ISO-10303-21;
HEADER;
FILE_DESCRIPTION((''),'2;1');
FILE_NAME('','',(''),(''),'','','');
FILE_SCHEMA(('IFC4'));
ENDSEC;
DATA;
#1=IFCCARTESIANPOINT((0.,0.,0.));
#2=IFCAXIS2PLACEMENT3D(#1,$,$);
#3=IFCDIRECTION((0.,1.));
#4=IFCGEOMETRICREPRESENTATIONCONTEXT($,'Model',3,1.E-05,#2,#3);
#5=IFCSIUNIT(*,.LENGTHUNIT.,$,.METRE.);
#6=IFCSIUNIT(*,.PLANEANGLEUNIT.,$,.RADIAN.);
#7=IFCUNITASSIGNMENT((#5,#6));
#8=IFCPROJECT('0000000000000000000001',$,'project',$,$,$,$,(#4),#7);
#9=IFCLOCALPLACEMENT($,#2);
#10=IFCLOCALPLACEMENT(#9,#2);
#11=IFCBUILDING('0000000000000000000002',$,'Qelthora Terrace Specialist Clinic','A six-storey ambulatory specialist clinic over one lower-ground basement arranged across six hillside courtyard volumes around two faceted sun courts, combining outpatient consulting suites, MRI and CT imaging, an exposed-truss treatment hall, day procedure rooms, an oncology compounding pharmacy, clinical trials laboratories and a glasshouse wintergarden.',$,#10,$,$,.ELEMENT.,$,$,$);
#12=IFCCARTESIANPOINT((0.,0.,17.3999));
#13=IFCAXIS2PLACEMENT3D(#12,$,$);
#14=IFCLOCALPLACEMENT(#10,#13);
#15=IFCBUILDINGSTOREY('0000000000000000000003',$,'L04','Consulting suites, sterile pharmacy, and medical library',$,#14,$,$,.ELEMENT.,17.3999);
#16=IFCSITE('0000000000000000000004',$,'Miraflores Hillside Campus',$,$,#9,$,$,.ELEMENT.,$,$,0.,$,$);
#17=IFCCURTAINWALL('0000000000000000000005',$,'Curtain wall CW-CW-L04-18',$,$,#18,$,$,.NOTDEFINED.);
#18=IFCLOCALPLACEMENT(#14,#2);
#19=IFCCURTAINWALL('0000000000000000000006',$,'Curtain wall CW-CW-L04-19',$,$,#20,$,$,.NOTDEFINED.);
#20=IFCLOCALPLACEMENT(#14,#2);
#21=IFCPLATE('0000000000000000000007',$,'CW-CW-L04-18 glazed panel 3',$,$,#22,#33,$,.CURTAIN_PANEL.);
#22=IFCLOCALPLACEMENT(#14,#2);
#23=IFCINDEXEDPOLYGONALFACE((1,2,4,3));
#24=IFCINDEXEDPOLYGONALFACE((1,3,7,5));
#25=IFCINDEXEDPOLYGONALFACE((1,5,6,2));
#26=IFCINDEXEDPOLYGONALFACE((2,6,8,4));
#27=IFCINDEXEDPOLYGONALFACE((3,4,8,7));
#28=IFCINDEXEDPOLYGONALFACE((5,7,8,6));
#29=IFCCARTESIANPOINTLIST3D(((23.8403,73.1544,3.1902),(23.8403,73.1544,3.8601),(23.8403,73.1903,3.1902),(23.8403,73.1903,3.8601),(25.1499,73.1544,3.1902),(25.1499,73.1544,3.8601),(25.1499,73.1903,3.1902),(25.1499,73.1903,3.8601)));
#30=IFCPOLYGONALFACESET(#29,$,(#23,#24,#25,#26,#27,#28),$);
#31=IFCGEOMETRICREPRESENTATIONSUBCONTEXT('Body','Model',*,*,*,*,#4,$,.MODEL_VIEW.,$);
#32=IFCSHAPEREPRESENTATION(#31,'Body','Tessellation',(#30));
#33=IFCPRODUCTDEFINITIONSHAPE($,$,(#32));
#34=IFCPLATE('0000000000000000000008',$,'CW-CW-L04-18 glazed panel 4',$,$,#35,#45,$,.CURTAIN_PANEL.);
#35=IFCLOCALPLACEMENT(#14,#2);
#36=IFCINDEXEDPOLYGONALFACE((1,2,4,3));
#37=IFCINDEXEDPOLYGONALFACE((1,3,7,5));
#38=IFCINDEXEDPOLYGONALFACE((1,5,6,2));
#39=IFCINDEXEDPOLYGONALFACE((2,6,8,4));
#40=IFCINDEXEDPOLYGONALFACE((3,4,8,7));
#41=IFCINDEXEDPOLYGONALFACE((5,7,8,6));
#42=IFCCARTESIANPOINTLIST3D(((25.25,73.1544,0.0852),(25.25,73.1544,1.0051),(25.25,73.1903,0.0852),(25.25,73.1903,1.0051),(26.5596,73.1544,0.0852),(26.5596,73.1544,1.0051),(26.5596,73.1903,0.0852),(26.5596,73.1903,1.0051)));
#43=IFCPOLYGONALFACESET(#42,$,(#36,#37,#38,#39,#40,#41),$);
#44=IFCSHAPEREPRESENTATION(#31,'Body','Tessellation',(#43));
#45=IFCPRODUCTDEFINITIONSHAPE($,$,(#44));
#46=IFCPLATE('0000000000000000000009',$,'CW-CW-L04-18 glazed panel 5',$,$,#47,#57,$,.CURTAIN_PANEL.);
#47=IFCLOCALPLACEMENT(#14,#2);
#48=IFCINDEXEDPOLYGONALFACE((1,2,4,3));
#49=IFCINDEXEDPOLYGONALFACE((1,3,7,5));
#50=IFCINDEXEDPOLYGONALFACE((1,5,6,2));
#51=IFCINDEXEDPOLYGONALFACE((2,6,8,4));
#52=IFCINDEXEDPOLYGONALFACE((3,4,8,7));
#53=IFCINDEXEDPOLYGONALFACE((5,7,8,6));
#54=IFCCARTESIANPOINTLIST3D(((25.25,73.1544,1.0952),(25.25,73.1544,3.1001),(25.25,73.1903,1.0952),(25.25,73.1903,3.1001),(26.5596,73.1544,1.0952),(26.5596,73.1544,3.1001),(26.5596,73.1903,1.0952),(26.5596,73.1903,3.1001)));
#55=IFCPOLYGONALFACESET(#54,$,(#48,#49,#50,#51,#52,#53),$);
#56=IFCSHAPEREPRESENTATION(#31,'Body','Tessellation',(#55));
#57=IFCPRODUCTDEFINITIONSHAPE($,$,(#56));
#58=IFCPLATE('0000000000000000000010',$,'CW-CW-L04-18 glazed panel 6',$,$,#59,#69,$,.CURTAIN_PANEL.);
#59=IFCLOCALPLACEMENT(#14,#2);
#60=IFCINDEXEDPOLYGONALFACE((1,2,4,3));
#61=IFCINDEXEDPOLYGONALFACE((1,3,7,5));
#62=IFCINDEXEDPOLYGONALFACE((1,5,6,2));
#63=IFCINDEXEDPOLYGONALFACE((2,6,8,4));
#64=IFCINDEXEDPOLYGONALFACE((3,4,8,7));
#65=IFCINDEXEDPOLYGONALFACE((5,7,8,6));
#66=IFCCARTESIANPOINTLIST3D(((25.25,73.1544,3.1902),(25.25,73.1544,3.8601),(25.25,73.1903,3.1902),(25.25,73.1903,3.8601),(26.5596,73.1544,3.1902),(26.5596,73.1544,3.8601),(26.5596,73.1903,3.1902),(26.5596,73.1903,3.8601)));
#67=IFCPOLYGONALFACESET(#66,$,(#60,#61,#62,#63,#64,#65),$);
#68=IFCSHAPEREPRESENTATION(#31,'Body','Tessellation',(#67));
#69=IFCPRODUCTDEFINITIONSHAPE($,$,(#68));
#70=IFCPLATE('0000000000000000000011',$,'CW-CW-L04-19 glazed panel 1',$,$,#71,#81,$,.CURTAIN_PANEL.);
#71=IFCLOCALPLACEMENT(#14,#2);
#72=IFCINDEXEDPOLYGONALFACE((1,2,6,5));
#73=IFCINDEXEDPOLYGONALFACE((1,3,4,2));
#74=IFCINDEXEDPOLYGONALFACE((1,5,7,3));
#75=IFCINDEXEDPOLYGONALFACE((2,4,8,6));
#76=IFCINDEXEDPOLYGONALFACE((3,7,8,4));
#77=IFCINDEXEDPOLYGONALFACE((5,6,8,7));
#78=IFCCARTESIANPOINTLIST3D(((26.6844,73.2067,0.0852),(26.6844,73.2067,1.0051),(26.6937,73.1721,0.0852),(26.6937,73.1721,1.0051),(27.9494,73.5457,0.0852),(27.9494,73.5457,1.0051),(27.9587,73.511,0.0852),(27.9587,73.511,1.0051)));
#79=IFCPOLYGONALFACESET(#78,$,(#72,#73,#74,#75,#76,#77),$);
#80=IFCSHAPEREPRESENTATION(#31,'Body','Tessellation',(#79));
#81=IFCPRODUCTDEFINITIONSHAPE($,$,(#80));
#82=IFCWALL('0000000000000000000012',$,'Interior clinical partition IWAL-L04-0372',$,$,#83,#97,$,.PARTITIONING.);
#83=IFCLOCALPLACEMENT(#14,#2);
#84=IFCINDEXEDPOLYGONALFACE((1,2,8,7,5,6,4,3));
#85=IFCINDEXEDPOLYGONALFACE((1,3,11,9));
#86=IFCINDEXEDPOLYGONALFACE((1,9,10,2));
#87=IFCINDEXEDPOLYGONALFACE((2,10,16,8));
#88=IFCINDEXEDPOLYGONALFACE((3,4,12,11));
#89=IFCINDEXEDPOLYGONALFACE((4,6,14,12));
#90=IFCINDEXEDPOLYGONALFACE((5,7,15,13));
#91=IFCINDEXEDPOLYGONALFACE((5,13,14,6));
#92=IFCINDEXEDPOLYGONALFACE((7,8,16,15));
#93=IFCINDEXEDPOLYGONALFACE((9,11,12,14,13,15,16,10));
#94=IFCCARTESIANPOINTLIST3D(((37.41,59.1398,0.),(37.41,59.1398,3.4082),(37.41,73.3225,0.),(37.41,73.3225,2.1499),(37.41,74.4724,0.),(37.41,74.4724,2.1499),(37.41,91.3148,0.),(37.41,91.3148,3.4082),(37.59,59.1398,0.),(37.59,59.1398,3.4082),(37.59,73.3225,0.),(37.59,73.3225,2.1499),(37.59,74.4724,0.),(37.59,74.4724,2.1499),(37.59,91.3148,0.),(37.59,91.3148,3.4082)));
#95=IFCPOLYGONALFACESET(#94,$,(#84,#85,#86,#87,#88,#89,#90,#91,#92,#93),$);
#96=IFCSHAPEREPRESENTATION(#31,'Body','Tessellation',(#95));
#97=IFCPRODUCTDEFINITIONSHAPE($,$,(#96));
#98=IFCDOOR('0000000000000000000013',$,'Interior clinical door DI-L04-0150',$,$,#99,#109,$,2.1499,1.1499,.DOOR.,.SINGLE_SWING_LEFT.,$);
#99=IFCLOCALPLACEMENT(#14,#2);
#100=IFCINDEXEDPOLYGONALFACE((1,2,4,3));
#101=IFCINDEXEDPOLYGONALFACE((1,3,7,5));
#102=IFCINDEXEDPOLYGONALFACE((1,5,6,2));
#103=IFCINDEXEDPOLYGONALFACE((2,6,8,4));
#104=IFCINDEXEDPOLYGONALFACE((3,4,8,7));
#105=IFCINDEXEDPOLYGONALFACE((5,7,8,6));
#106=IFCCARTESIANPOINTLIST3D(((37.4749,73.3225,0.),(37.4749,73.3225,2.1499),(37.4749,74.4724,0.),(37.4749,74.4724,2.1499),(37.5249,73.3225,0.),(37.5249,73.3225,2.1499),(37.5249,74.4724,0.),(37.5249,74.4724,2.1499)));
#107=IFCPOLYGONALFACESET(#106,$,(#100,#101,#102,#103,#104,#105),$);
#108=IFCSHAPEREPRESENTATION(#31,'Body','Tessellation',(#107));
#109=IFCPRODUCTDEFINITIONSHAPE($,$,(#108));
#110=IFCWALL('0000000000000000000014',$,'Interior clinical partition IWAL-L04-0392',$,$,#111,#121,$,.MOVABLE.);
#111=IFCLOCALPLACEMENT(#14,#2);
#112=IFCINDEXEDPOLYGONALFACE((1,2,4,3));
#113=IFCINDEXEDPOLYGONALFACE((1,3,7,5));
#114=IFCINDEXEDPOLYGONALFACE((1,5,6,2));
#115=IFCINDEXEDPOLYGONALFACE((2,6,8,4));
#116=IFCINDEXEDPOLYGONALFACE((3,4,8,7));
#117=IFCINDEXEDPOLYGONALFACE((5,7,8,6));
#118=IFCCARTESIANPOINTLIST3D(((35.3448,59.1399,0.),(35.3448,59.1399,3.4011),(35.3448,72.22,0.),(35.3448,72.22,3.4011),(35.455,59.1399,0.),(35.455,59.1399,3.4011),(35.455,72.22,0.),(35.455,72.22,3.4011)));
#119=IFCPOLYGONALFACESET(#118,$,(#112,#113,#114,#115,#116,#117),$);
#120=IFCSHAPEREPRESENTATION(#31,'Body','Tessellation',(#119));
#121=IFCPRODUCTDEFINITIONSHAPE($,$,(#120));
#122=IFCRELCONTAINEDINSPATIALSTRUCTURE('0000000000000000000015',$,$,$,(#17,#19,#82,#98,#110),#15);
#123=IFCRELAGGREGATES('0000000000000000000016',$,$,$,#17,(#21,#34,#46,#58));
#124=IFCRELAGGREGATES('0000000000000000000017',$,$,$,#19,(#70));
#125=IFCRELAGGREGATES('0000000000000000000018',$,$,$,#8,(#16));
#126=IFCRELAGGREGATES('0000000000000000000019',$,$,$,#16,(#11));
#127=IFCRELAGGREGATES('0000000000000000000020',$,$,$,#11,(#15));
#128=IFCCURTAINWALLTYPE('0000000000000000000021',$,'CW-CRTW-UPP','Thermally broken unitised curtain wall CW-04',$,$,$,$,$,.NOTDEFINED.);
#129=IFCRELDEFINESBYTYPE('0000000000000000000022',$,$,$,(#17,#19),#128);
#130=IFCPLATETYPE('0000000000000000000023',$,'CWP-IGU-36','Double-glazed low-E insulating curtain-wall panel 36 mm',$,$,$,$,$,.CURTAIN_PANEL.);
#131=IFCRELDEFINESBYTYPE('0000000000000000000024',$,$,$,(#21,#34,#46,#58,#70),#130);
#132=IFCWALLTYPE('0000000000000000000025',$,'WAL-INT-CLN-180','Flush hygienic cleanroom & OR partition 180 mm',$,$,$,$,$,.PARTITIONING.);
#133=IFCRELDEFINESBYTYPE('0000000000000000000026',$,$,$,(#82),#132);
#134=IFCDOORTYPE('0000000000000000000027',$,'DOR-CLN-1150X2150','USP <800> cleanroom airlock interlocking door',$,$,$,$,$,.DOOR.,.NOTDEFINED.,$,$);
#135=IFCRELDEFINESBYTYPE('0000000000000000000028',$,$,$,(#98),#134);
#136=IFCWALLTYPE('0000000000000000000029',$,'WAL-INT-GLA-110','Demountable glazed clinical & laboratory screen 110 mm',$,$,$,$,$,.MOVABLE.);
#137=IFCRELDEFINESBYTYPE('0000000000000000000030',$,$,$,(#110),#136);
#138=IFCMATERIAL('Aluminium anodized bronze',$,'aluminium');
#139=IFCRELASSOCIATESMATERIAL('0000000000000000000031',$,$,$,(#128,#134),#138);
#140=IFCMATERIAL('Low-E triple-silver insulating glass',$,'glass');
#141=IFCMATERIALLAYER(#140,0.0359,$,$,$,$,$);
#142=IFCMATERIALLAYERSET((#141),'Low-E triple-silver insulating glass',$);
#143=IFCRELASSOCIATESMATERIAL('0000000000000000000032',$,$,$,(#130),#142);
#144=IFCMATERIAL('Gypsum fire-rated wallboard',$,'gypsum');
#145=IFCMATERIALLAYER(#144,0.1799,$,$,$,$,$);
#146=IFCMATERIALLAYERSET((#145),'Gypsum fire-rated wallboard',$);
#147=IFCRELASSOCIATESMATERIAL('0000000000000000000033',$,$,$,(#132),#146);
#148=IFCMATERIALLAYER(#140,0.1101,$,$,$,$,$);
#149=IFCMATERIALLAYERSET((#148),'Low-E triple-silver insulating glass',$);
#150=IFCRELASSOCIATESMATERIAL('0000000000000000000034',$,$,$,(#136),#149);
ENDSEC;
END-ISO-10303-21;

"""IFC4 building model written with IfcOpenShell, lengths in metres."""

from ifc_helpers import new_model, si_unit, direction, frame, frame_2d, origin, origin_2d, place, context, subcontext, project, spatial, rectangle, extrude, material, layer, layer_set, type_object, element, fill, aggregate, save


model = new_model("IFC4")

# Units and contexts
model_context = context("Model", 3, precision=1e-05, world=origin(), true_north=direction((0.0, 1.0)))
body_context = subcontext(model_context, "Body", "Model", "MODEL_VIEW")
ifc_project = project(units=[si_unit("LENGTHUNIT", "METRE"), si_unit("PLANEANGLEUNIT", "RADIAN")], contexts=[model_context])

# Site, building, storey
site_placement = place(None, origin())
site = spatial("IfcSite", under=ifc_project, at=site_placement, Name="Miraflores Hillside Campus", CompositionType="ELEMENT", RefElevation=0.0)
building_placement = place(site_placement, origin())
building = spatial("IfcBuilding", under=site, at=building_placement, Name="Qelthora Terrace Specialist Clinic", Description="A six-storey ambulatory specialist clinic over one lower-ground basement arranged across six hillside courtyard volumes around two faceted sun courts, combining outpatient consulting suites, MRI and CT imaging, an exposed-truss treatment hall, day procedure rooms, an oncology compounding pharmacy, clinical trials laboratories and a glasshouse wintergarden.", CompositionType="ELEMENT")
storey_placement = place(building_placement, frame((0.0, 0.0, 17.3999)))
storey = spatial("IfcBuildingStorey", under=building, at=storey_placement, Name="L04", Description="Consulting suites, sterile pharmacy, and medical library", CompositionType="ELEMENT", Elevation=17.3999)

# Curtain walls
ifc_material_1 = material(Name="Aluminium anodized bronze", Category="aluminium")
curtain_wall_type = type_object("IfcCurtainWallType", Name="CW-CRTW-UPP", Description="Thermally broken unitised curtain wall CW-04", PredefinedType="NOTDEFINED", material=ifc_material_1)
curtain_wall_1_placement = place(storey_placement, origin())
curtain_wall_1 = element("IfcCurtainWall", 1, at=curtain_wall_1_placement, inside=storey, type_object=curtain_wall_type, Name="Curtain wall CW-CW-L04-18", PredefinedType="NOTDEFINED")
curtain_wall_2_placement = place(storey_placement, origin())
curtain_wall_2 = element("IfcCurtainWall", 2, at=curtain_wall_2_placement, inside=storey, type_object=curtain_wall_type, Name="Curtain wall CW-CW-L04-19", PredefinedType="NOTDEFINED")

# Plates
ifc_material_2 = material(Name="Low-E triple-silver insulating glass", Category="glass")
ifc_layer_1 = layer(ifc_material_2, 0.0359)
ifc_layer_set_1 = layer_set([ifc_layer_1], Name="Low-E triple-silver insulating glass")
plate_type = type_object("IfcPlateType", Name="CWP-IGU-36", Description="Double-glazed low-E insulating curtain-wall panel 36 mm", PredefinedType="CURTAIN_PANEL", material=ifc_layer_set_1)
plate_1_placement = place(storey_placement, frame((24.4951, 73.1724, 3.1902), z_axis=(0.0, 0.0, 1.0), x_axis=(1.0, 0.0, 0.0)))
plate_1 = element("IfcPlate", 3, at=plate_1_placement, type_object=plate_type, Name="CW-CW-L04-18 glazed panel 3", PredefinedType="CURTAIN_PANEL", context=body_context, shape_type="SweptSolid", body=[
    extrude(rectangle(XDim=1.3096, YDim=0.0359, at=origin_2d()), origin(), (0.0, 0.0, 1.0), 0.6699),
])
plate_2_placement = place(storey_placement, frame((25.9048, 73.1724, 0.0852), z_axis=(0.0, 0.0, 1.0), x_axis=(1.0, 0.0, 0.0)))
plate_2 = element("IfcPlate", 4, at=plate_2_placement, type_object=plate_type, Name="CW-CW-L04-18 glazed panel 4", PredefinedType="CURTAIN_PANEL", context=body_context, shape_type="SweptSolid", body=[
    extrude(rectangle(XDim=1.3096, YDim=0.0359, at=origin_2d()), origin(), (0.0, 0.0, 1.0), 0.9199),
])
plate_3_placement = place(storey_placement, frame((25.9048, 73.1724, 1.0952), z_axis=(0.0, 0.0, 1.0), x_axis=(1.0, 0.0, 0.0)))
plate_3 = element("IfcPlate", 5, at=plate_3_placement, type_object=plate_type, Name="CW-CW-L04-18 glazed panel 5", PredefinedType="CURTAIN_PANEL", context=body_context, shape_type="SweptSolid", body=[
    extrude(rectangle(XDim=1.3096, YDim=0.0359, at=origin_2d()), origin(), (0.0, 0.0, 1.0), 2.0049),
])
plate_4_placement = place(storey_placement, frame((25.9048, 73.1724, 3.1902), z_axis=(0.0, 0.0, 1.0), x_axis=(1.0, 0.0, 0.0)))
plate_4 = element("IfcPlate", 6, at=plate_4_placement, type_object=plate_type, Name="CW-CW-L04-18 glazed panel 6", PredefinedType="CURTAIN_PANEL", context=body_context, shape_type="SweptSolid", body=[
    extrude(rectangle(XDim=1.3096, YDim=0.0359, at=origin_2d()), origin(), (0.0, 0.0, 1.0), 0.6699),
])
aggregate(curtain_wall_1, [plate_1, plate_2, plate_3, plate_4])
plate_5_placement = place(storey_placement, frame((27.3215, 73.3589, 0.0852), z_axis=(0.0, 0.0, 1.0), x_axis=(0.965925, 0.258821, 0.0)))
plate_5 = element("IfcPlate", 7, at=plate_5_placement, type_object=plate_type, Name="CW-CW-L04-19 glazed panel 1", PredefinedType="CURTAIN_PANEL", context=body_context, shape_type="SweptSolid", body=[
    extrude(rectangle(XDim=1.3096, YDim=0.0359, at=origin_2d()), origin(), (0.0, 0.0, 1.0), 0.9199),
])
aggregate(curtain_wall_2, [plate_5])

# Wall, opening, door
ifc_material_3 = material(Name="Gypsum fire-rated wallboard", Category="gypsum")
ifc_layer_2 = layer(ifc_material_3, 0.1799)
ifc_layer_set_2 = layer_set([ifc_layer_2], Name="Gypsum fire-rated wallboard")
wall_type_1 = type_object("IfcWallType", Name="WAL-INT-CLN-180", Description="Flush hygienic cleanroom & OR partition 180 mm", PredefinedType="PARTITIONING", material=ifc_layer_set_2)
wall_1_placement = place(storey_placement, frame((37.5, 59.1399, 0.0), z_axis=(0.0, 0.0, 1.0), x_axis=(0.0, 1.0, 0.0)))
wall_1 = element("IfcWall", 8, at=wall_1_placement, inside=storey, type_object=wall_type_1, Name="Interior clinical partition IWAL-L04-0372", PredefinedType="PARTITIONING", context=body_context, shape_type="SweptSolid", body=[
    extrude(rectangle(XDim=32.175, YDim=0.1799, at=frame_2d((16.0874, 0.0))), origin(), (0.0, 0.0, 1.0), 3.4082),
])
opening_placement = place(wall_1_placement, frame((14.1826, 0.0, 0.0)))
opening = element("IfcOpeningElement", 9, at=opening_placement, cuts=wall_1, PredefinedType="OPENING", context=body_context, shape_type="SweptSolid", body=[
    extrude(rectangle(XDim=1.1499, YDim=2.1499, at=frame_2d((0.575, 1.075))), frame((0.0, 0.0999, 0.0), z_axis=(0.0, -1.0, 0.0), x_axis=(1.0, 0.0, 0.0)), (0.0, 0.0, 1.0), 0.2),
])
door_type = type_object("IfcDoorType", Name="DOR-CLN-1150X2150", Description="USP <800> cleanroom airlock interlocking door", OperationType="NOTDEFINED", PredefinedType="DOOR", material=ifc_material_1)
door_placement = place(opening_placement, frame((1.1499, 0.0, 0.0), z_axis=(0.0, 0.0, 1.0), x_axis=(-1.0, 0.0, 0.0)))
door = element("IfcDoor", 10, at=door_placement, inside=storey, type_object=door_type, Name="Interior clinical door DI-L04-0150", OperationType="SINGLE_SWING_LEFT", OverallHeight=2.1499, OverallWidth=1.1499, PredefinedType="DOOR", context=body_context, shape_type="SweptSolid", body=[
    extrude(rectangle(XDim=1.1499, YDim=2.1499, at=frame_2d((0.575, 1.075))), frame((0.0, 0.0249, 0.0), z_axis=(0.0, -1.0, 0.0), x_axis=(1.0, 0.0, 0.0)), (0.0, 0.0, 1.0), 0.05),
])
fill(opening, door)

# Wall
ifc_layer_3 = layer(ifc_material_2, 0.1101)
ifc_layer_set_3 = layer_set([ifc_layer_3], Name="Low-E triple-silver insulating glass")
wall_type_2 = type_object("IfcWallType", Name="WAL-INT-GLA-110", Description="Demountable glazed clinical & laboratory screen 110 mm", PredefinedType="MOVABLE", material=ifc_layer_set_3)
wall_2_placement = place(storey_placement, frame((35.3999, 72.22, 0.0), z_axis=(0.0, 0.0, 1.0), x_axis=(0.0, -1.0, 0.0)))
element("IfcWall", 11, at=wall_2_placement, inside=storey, type_object=wall_type_2, Name="Interior clinical partition IWAL-L04-0392", PredefinedType="MOVABLE", context=body_context, shape_type="SweptSolid", body=[
    extrude(rectangle(XDim=13.0801, YDim=0.1101, at=frame_2d((6.54, 0.0))), origin(), (0.0, 0.0, 1.0), 3.4011),
])

save(model, "model.ifc")
